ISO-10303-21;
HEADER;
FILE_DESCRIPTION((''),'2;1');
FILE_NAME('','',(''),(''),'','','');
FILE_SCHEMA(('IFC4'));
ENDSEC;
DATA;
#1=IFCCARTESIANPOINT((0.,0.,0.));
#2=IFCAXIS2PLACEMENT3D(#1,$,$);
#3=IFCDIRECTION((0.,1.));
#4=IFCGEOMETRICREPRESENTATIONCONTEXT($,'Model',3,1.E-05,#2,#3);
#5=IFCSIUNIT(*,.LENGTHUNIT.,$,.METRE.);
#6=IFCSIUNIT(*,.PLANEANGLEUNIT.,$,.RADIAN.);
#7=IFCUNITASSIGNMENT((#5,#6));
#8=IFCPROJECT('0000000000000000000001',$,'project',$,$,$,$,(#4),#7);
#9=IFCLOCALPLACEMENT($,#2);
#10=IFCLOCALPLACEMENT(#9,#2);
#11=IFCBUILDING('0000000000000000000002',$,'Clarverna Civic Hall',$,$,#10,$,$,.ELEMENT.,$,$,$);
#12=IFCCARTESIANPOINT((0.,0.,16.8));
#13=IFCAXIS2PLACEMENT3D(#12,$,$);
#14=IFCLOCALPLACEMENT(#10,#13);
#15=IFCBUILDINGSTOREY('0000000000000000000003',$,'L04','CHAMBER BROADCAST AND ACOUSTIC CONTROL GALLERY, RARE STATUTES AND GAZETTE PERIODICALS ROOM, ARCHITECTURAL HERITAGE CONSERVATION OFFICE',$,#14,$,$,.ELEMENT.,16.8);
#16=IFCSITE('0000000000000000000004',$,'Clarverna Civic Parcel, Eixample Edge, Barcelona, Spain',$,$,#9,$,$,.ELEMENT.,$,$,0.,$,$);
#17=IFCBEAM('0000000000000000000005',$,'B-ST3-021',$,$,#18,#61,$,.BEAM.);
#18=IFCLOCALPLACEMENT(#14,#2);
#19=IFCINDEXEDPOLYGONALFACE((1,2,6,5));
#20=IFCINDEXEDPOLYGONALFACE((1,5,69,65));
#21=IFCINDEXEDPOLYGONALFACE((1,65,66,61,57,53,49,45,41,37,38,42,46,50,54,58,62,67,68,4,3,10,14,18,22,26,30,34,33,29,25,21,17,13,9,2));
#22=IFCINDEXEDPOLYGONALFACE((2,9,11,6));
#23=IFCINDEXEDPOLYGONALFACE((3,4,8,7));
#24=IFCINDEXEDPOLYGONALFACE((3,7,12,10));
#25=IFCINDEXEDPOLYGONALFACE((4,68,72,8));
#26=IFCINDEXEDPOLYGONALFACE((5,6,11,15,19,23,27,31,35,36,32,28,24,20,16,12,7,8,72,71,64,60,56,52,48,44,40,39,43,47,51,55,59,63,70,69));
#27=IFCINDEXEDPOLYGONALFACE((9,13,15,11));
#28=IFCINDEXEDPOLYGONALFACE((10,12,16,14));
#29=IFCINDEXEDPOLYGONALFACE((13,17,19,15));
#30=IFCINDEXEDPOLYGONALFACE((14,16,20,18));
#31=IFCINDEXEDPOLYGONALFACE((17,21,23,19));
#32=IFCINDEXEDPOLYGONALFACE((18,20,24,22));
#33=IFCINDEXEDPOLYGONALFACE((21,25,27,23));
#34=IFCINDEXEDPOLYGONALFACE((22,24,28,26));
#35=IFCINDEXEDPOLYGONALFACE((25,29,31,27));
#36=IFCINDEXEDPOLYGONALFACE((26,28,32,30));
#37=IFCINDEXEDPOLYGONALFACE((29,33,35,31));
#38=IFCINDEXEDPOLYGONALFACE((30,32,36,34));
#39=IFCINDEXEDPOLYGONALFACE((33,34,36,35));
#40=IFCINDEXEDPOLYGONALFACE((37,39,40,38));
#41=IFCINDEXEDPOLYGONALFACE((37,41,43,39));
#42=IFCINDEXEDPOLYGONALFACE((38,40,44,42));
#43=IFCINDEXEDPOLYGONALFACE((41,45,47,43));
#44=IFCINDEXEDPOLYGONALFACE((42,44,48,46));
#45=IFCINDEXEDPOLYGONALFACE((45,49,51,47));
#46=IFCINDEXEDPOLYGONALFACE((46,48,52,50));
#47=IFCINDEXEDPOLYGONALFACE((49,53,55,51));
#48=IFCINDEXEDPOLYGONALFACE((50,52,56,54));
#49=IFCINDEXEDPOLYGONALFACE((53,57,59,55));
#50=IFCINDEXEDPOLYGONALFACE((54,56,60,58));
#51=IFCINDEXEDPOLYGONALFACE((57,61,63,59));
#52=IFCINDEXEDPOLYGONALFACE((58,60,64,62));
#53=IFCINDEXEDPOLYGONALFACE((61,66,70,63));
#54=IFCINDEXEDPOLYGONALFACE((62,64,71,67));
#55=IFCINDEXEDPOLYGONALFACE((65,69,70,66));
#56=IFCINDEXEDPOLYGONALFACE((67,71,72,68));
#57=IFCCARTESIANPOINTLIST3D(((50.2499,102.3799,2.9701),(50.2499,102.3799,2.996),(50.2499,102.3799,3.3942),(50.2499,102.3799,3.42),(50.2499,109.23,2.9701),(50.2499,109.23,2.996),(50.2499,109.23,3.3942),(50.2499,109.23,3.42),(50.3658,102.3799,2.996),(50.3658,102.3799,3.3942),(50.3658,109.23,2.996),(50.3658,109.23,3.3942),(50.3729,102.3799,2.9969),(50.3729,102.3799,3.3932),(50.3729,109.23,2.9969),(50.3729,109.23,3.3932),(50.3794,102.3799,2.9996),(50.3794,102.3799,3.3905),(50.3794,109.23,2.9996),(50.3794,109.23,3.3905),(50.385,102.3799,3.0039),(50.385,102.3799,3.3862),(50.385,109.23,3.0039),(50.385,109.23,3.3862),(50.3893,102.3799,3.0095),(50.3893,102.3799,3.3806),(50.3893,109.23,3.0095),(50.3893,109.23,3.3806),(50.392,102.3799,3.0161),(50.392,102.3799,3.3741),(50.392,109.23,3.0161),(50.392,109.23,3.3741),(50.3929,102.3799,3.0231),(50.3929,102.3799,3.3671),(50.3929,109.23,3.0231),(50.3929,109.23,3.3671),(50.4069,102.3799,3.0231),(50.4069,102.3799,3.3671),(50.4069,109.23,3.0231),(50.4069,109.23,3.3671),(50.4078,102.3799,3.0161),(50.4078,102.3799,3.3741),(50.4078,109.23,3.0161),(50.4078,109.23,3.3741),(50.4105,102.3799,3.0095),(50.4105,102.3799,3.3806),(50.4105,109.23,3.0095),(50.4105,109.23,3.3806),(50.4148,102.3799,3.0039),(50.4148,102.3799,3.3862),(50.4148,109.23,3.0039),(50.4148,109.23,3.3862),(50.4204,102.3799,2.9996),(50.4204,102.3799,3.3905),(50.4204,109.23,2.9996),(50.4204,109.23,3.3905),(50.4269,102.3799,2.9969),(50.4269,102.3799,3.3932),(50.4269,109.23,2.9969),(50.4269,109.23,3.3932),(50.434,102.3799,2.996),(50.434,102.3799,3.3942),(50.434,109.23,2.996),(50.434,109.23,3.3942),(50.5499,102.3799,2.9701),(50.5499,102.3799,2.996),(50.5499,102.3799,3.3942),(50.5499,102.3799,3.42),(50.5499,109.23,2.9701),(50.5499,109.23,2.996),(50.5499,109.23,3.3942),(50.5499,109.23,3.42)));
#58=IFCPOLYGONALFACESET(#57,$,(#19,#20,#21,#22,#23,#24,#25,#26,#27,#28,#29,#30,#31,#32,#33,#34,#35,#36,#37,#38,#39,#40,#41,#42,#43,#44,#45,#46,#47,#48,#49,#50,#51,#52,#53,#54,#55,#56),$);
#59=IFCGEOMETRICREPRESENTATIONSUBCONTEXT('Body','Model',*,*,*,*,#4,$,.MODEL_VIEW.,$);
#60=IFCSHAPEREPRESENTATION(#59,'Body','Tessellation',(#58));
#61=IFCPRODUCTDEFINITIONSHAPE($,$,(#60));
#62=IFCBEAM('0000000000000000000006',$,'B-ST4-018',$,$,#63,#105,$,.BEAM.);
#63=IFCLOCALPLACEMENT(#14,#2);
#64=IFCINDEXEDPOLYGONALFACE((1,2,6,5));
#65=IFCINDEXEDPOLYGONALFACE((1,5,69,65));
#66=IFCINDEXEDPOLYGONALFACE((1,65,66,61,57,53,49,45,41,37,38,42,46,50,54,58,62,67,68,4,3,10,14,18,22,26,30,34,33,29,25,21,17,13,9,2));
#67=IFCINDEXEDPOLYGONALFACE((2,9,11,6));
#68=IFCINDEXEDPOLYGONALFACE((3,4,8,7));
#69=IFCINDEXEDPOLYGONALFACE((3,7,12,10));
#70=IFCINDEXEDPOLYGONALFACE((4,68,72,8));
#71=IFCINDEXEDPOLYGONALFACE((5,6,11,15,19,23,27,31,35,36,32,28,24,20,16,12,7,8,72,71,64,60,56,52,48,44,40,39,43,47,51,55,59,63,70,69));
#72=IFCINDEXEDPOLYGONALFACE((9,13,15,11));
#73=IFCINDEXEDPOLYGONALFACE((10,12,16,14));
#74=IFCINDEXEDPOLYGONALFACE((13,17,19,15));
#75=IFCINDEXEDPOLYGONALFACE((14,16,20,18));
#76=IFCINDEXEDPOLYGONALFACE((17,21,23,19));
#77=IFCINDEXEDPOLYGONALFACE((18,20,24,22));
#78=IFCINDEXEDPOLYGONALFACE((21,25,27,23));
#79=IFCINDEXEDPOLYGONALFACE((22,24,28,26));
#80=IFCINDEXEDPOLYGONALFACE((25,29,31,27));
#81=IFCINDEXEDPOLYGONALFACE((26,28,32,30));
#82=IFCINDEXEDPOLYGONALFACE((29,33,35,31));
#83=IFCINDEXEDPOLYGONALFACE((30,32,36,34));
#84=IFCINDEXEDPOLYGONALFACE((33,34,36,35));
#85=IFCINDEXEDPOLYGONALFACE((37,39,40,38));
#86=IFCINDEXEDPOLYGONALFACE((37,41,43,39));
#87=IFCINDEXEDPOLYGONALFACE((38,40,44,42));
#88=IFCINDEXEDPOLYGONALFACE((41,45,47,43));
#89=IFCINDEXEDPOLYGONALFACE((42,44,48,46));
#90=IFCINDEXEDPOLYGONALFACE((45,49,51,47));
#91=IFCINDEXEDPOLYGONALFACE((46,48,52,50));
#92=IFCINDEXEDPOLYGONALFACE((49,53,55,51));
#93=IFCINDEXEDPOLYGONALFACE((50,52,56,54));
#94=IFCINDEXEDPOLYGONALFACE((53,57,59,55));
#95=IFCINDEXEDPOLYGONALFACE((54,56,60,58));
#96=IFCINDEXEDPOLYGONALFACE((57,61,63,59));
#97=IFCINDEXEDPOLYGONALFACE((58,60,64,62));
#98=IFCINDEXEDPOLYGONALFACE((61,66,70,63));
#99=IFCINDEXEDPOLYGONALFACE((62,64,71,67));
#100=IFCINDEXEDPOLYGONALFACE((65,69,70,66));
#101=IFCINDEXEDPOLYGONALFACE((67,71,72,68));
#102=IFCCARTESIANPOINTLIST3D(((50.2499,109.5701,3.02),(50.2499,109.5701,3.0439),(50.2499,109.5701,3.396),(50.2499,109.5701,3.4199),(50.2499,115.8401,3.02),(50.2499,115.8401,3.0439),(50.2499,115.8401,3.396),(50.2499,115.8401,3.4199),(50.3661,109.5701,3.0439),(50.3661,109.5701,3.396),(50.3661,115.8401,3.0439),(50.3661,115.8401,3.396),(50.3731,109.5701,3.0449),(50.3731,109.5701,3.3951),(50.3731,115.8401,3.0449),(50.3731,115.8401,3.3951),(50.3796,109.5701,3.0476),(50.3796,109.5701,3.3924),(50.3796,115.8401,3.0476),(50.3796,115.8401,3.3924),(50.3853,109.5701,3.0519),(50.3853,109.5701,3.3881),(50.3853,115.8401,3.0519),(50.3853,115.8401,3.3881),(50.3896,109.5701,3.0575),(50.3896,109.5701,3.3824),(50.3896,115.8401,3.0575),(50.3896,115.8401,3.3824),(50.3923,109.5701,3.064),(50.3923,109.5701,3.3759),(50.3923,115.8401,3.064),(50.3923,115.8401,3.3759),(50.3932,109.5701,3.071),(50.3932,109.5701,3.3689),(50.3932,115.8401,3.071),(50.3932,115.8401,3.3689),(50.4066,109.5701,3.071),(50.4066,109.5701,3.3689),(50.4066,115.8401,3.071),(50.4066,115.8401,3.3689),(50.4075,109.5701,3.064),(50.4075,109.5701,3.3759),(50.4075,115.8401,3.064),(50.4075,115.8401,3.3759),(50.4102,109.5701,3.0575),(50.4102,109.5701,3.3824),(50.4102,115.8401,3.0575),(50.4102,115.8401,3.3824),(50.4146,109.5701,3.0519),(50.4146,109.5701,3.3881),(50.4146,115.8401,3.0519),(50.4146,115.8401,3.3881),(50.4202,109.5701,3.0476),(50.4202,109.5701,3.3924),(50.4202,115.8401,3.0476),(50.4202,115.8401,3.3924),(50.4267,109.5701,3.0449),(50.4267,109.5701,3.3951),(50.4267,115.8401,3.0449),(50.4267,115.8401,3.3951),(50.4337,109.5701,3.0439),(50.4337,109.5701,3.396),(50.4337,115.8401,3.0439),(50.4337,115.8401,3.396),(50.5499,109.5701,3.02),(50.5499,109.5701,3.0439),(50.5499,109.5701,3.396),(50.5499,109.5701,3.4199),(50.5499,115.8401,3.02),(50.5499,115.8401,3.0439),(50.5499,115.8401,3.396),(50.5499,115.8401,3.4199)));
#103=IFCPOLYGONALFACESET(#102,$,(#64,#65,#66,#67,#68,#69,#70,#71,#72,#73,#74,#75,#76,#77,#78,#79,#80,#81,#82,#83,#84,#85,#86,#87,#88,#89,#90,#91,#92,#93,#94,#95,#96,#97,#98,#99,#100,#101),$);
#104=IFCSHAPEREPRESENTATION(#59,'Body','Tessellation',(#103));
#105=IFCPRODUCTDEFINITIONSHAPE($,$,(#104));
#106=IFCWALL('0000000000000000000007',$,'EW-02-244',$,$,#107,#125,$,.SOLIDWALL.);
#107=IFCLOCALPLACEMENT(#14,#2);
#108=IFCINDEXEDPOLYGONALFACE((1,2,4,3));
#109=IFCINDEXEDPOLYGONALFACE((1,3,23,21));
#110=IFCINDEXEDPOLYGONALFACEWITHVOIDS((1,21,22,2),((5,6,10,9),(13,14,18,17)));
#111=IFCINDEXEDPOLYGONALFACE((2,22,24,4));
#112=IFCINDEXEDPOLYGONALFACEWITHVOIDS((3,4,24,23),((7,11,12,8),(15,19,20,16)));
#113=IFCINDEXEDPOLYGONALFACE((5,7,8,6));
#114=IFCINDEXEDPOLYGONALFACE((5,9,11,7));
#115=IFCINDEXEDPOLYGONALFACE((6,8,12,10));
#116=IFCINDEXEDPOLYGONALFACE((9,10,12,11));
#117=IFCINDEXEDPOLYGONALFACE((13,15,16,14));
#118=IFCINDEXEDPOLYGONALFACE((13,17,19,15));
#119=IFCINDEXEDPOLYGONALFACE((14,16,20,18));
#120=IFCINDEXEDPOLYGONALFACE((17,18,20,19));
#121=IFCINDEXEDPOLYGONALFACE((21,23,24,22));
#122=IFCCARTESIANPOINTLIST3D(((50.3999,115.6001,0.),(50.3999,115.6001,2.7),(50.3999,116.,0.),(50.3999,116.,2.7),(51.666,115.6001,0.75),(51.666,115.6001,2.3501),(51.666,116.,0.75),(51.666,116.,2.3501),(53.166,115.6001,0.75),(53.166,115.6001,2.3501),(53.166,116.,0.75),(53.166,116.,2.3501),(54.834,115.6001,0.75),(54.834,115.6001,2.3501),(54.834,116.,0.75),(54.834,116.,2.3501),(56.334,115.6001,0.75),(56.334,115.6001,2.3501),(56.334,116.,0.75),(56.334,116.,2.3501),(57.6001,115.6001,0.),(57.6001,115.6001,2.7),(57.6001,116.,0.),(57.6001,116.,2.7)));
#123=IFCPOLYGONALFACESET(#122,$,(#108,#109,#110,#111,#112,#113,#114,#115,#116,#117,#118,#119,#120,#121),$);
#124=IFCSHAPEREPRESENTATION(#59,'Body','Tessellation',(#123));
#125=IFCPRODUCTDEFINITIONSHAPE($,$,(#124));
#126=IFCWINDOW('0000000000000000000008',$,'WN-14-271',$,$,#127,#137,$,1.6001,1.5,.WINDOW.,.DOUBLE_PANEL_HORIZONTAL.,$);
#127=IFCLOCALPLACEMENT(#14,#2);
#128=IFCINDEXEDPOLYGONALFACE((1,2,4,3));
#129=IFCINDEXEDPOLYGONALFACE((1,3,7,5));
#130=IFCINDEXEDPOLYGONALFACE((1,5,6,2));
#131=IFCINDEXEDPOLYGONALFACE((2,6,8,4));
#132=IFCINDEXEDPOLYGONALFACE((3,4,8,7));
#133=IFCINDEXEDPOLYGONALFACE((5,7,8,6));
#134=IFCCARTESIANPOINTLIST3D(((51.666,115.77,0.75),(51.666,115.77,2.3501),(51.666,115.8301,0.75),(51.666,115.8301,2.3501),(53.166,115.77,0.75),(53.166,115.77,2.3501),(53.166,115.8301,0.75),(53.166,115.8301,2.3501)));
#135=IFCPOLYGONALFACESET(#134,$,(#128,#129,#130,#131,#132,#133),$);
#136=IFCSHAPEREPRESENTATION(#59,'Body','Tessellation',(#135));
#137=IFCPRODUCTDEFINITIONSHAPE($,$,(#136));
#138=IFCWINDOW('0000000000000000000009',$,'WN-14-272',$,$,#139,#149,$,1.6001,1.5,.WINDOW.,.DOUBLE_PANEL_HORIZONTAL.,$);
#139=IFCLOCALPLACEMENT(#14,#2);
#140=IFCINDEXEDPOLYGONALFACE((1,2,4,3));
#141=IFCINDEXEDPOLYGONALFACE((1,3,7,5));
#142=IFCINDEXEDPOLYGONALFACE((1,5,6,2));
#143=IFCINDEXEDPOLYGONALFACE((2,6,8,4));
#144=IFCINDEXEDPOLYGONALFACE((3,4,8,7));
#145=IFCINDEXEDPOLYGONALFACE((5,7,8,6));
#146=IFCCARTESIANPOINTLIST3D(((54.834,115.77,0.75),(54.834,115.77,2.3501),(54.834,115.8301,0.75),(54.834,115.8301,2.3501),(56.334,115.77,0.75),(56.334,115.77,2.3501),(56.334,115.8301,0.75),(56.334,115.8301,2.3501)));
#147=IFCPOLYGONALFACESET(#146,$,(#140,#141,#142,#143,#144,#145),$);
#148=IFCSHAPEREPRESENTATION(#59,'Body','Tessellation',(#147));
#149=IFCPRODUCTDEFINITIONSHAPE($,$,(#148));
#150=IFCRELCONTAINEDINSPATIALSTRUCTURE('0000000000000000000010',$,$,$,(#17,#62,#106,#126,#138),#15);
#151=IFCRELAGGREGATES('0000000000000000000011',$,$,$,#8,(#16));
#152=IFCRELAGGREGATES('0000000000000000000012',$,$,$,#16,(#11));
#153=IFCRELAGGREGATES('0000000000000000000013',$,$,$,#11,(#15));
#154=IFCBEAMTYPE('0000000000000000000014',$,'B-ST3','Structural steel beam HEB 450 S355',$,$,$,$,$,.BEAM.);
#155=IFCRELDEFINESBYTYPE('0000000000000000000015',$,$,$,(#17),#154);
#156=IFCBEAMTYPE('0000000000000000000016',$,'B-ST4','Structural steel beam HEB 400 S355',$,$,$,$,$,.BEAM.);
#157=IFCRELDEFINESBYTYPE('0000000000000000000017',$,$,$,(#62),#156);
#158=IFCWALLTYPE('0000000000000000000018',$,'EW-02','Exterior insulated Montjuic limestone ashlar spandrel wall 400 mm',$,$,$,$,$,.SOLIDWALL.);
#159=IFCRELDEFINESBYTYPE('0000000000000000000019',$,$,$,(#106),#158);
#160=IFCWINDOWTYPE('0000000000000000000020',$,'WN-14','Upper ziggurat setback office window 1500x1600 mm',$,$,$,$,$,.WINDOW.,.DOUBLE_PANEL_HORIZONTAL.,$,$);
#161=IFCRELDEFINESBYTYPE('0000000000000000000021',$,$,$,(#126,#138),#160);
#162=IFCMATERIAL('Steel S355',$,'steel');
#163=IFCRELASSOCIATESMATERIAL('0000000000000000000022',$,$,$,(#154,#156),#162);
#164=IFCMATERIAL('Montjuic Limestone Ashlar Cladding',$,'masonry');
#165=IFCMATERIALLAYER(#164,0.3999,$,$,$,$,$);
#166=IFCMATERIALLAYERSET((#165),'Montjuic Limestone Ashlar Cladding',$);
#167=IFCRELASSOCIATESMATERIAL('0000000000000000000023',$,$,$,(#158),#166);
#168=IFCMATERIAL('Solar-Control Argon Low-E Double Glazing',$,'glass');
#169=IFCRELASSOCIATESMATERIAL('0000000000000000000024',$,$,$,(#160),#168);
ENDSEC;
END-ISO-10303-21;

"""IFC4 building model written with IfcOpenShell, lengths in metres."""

from ifc_helpers import new_model, si_unit, direction, frame, frame_2d, origin, origin_2d, place, context, subcontext, project, spatial, rectangle, i_section, extrude, material, layer, layer_set, material_profile, profile_set, type_object, element, fill, save


model = new_model("IFC4")

# Units and contexts
model_context = context("Model", 3, precision=1e-05, world=origin(), true_north=direction((0.0, 1.0)))
body_context = subcontext(model_context, "Body", "Model", "MODEL_VIEW")
ifc_project = project(units=[si_unit("LENGTHUNIT", "METRE"), si_unit("PLANEANGLEUNIT", "RADIAN")], contexts=[model_context])

# Site, building, storey
site_placement = place(None, origin())
site = spatial("IfcSite", under=ifc_project, at=site_placement, Name="Clarverna Civic Parcel, Eixample Edge, Barcelona, Spain", CompositionType="ELEMENT", RefElevation=0.0)
building_placement = place(site_placement, origin())
building = spatial("IfcBuilding", under=site, at=building_placement, Name="Clarverna Civic Hall", CompositionType="ELEMENT")
storey_placement = place(building_placement, frame((0.0, 0.0, 16.8)))
storey = spatial("IfcBuildingStorey", under=building, at=storey_placement, Name="L04", Description="CHAMBER BROADCAST AND ACOUSTIC CONTROL GALLERY, RARE STATUTES AND GAZETTE PERIODICALS ROOM, ARCHITECTURAL HERITAGE CONSERVATION OFFICE", CompositionType="ELEMENT", Elevation=16.8)

# Shared definitions
ifc_material_1 = material(Name="Steel S355", Category="steel")

# Beams
ifc_material_profile_1 = material_profile(ifc_material_1, i_section(OverallWidth=0.3, OverallDepth=0.45, WebThickness=0.0139, FlangeThickness=0.0259, FilletRadius=0.0271, at=origin_2d()), Name="HEB 450")
ifc_profile_set_1 = profile_set([ifc_material_profile_1], Name="Steel S355")
beam_type_1 = type_object("IfcBeamType", Name="B-ST3", Description="Structural steel beam HEB 450 S355", PredefinedType="BEAM", material=ifc_profile_set_1)
beam_1_placement = place(storey_placement, frame((50.3999, 102.3799, 3.1951), z_axis=(0.0, 1.0, 0.0), x_axis=(-1.0, 0.0, 0.0)))
element("IfcBeam", 1, at=beam_1_placement, inside=storey, type_object=beam_type_1, Name="B-ST3-021", PredefinedType="BEAM", context=body_context, shape_type="SweptSolid", body=[
    extrude(i_section(OverallWidth=0.3, OverallDepth=0.45, WebThickness=0.0139, FlangeThickness=0.0259, FilletRadius=0.0271, at=origin_2d()), origin(), (0.0, 0.0, 1.0), 6.8501),
])
ifc_material_profile_2 = material_profile(ifc_material_1, i_section(OverallWidth=0.3, OverallDepth=0.3999, WebThickness=0.0134, FlangeThickness=0.0239, FilletRadius=0.0271, at=origin_2d()), Name="HEB 400")
ifc_profile_set_2 = profile_set([ifc_material_profile_2], Name="Steel S355")
beam_type_2 = type_object("IfcBeamType", Name="B-ST4", Description="Structural steel beam HEB 400 S355", PredefinedType="BEAM", material=ifc_profile_set_2)
beam_2_placement = place(storey_placement, frame((50.3999, 109.5701, 3.22), z_axis=(0.0, 1.0, 0.0), x_axis=(-1.0, 0.0, 0.0)))
element("IfcBeam", 2, at=beam_2_placement, inside=storey, type_object=beam_type_2, Name="B-ST4-018", PredefinedType="BEAM", context=body_context, shape_type="SweptSolid", body=[
    extrude(i_section(OverallWidth=0.3, OverallDepth=0.3999, WebThickness=0.0134, FlangeThickness=0.0239, FilletRadius=0.0271, at=origin_2d()), origin(), (0.0, 0.0, 1.0), 6.27),
])

# Wall, openings, windows
ifc_material_2 = material(Name="Montjuic Limestone Ashlar Cladding", Category="masonry")
ifc_layer_1 = layer(ifc_material_2, 0.3999)
ifc_layer_set_1 = layer_set([ifc_layer_1], Name="Montjuic Limestone Ashlar Cladding")
wall_type_1 = type_object("IfcWallType", Name="EW-02", Description="Exterior insulated Montjuic limestone ashlar spandrel wall 400 mm", PredefinedType="SOLIDWALL", material=ifc_layer_set_1)
wall_1_placement = place(storey_placement, frame((50.3999, 115.8, 0.0), z_axis=(0.0, 0.0, 1.0), x_axis=(1.0, 0.0, 0.0)))
wall_1 = element("IfcWall", 3, at=wall_1_placement, inside=storey, type_object=wall_type_1, Name="EW-02-244", PredefinedType="SOLIDWALL", context=body_context, shape_type="SweptSolid", body=[
    extrude(rectangle(XDim=7.2002, YDim=0.3999, at=frame_2d((3.6001, 0.0))), origin(), (0.0, 0.0, 1.0), 2.7),
])
opening_1_placement = place(wall_1_placement, frame((1.2661, 0.0, 0.75)))
opening_1 = element("IfcOpeningElement", 4, at=opening_1_placement, cuts=wall_1, PredefinedType="OPENING", context=body_context, shape_type="SweptSolid", body=[
    extrude(rectangle(XDim=1.5, YDim=1.6001, at=frame_2d((0.75, 0.8))), frame((0.0, 0.21, 0.0), z_axis=(0.0, -1.0, 0.0), x_axis=(1.0, 0.0, 0.0)), (0.0, 0.0, 1.0), 0.4199),
])
opening_2_placement = place(wall_1_placement, frame((4.4341, 0.0, 0.75)))
opening_2 = element("IfcOpeningElement", 5, at=opening_2_placement, cuts=wall_1, PredefinedType="OPENING", context=body_context, shape_type="SweptSolid", body=[
    extrude(rectangle(XDim=1.5, YDim=1.6001, at=frame_2d((0.75, 0.8))), frame((0.0, 0.21, 0.0), z_axis=(0.0, -1.0, 0.0), x_axis=(1.0, 0.0, 0.0)), (0.0, 0.0, 1.0), 0.4199),
])
ifc_material_3 = material(Name="Solar-Control Argon Low-E Double Glazing", Category="glass")
window_type = type_object("IfcWindowType", Name="WN-14", Description="Upper ziggurat setback office window 1500x1600 mm", PartitioningType="DOUBLE_PANEL_HORIZONTAL", PredefinedType="WINDOW", material=ifc_material_3)
window_1_placement = place(opening_1_placement, origin())
window_1 = element("IfcWindow", 6, at=window_1_placement, inside=storey, type_object=window_type, Name="WN-14-271", OverallHeight=1.6001, OverallWidth=1.5, PartitioningType="DOUBLE_PANEL_HORIZONTAL", PredefinedType="WINDOW", context=body_context, shape_type="SweptSolid", body=[
    extrude(rectangle(XDim=1.5, YDim=1.6001, at=frame_2d((0.75, 0.8))), frame((0.0, 0.03, 0.0), z_axis=(0.0, -1.0, 0.0), x_axis=(1.0, 0.0, 0.0)), (0.0, 0.0, 1.0), 0.0601),
])
fill(opening_1, window_1)
window_2_placement = place(opening_2_placement, origin())
window_2 = element("IfcWindow", 7, at=window_2_placement, inside=storey, type_object=window_type, Name="WN-14-272", OverallHeight=1.6001, OverallWidth=1.5, PartitioningType="DOUBLE_PANEL_HORIZONTAL", PredefinedType="WINDOW", context=body_context, shape_type="SweptSolid", body=[
    extrude(rectangle(XDim=1.5, YDim=1.6001, at=frame_2d((0.75, 0.8))), frame((0.0, 0.03, 0.0), z_axis=(0.0, -1.0, 0.0), x_axis=(1.0, 0.0, 0.0)), (0.0, 0.0, 1.0), 0.0601),
])
fill(opening_2, window_2)

save(model, "model.ifc")
